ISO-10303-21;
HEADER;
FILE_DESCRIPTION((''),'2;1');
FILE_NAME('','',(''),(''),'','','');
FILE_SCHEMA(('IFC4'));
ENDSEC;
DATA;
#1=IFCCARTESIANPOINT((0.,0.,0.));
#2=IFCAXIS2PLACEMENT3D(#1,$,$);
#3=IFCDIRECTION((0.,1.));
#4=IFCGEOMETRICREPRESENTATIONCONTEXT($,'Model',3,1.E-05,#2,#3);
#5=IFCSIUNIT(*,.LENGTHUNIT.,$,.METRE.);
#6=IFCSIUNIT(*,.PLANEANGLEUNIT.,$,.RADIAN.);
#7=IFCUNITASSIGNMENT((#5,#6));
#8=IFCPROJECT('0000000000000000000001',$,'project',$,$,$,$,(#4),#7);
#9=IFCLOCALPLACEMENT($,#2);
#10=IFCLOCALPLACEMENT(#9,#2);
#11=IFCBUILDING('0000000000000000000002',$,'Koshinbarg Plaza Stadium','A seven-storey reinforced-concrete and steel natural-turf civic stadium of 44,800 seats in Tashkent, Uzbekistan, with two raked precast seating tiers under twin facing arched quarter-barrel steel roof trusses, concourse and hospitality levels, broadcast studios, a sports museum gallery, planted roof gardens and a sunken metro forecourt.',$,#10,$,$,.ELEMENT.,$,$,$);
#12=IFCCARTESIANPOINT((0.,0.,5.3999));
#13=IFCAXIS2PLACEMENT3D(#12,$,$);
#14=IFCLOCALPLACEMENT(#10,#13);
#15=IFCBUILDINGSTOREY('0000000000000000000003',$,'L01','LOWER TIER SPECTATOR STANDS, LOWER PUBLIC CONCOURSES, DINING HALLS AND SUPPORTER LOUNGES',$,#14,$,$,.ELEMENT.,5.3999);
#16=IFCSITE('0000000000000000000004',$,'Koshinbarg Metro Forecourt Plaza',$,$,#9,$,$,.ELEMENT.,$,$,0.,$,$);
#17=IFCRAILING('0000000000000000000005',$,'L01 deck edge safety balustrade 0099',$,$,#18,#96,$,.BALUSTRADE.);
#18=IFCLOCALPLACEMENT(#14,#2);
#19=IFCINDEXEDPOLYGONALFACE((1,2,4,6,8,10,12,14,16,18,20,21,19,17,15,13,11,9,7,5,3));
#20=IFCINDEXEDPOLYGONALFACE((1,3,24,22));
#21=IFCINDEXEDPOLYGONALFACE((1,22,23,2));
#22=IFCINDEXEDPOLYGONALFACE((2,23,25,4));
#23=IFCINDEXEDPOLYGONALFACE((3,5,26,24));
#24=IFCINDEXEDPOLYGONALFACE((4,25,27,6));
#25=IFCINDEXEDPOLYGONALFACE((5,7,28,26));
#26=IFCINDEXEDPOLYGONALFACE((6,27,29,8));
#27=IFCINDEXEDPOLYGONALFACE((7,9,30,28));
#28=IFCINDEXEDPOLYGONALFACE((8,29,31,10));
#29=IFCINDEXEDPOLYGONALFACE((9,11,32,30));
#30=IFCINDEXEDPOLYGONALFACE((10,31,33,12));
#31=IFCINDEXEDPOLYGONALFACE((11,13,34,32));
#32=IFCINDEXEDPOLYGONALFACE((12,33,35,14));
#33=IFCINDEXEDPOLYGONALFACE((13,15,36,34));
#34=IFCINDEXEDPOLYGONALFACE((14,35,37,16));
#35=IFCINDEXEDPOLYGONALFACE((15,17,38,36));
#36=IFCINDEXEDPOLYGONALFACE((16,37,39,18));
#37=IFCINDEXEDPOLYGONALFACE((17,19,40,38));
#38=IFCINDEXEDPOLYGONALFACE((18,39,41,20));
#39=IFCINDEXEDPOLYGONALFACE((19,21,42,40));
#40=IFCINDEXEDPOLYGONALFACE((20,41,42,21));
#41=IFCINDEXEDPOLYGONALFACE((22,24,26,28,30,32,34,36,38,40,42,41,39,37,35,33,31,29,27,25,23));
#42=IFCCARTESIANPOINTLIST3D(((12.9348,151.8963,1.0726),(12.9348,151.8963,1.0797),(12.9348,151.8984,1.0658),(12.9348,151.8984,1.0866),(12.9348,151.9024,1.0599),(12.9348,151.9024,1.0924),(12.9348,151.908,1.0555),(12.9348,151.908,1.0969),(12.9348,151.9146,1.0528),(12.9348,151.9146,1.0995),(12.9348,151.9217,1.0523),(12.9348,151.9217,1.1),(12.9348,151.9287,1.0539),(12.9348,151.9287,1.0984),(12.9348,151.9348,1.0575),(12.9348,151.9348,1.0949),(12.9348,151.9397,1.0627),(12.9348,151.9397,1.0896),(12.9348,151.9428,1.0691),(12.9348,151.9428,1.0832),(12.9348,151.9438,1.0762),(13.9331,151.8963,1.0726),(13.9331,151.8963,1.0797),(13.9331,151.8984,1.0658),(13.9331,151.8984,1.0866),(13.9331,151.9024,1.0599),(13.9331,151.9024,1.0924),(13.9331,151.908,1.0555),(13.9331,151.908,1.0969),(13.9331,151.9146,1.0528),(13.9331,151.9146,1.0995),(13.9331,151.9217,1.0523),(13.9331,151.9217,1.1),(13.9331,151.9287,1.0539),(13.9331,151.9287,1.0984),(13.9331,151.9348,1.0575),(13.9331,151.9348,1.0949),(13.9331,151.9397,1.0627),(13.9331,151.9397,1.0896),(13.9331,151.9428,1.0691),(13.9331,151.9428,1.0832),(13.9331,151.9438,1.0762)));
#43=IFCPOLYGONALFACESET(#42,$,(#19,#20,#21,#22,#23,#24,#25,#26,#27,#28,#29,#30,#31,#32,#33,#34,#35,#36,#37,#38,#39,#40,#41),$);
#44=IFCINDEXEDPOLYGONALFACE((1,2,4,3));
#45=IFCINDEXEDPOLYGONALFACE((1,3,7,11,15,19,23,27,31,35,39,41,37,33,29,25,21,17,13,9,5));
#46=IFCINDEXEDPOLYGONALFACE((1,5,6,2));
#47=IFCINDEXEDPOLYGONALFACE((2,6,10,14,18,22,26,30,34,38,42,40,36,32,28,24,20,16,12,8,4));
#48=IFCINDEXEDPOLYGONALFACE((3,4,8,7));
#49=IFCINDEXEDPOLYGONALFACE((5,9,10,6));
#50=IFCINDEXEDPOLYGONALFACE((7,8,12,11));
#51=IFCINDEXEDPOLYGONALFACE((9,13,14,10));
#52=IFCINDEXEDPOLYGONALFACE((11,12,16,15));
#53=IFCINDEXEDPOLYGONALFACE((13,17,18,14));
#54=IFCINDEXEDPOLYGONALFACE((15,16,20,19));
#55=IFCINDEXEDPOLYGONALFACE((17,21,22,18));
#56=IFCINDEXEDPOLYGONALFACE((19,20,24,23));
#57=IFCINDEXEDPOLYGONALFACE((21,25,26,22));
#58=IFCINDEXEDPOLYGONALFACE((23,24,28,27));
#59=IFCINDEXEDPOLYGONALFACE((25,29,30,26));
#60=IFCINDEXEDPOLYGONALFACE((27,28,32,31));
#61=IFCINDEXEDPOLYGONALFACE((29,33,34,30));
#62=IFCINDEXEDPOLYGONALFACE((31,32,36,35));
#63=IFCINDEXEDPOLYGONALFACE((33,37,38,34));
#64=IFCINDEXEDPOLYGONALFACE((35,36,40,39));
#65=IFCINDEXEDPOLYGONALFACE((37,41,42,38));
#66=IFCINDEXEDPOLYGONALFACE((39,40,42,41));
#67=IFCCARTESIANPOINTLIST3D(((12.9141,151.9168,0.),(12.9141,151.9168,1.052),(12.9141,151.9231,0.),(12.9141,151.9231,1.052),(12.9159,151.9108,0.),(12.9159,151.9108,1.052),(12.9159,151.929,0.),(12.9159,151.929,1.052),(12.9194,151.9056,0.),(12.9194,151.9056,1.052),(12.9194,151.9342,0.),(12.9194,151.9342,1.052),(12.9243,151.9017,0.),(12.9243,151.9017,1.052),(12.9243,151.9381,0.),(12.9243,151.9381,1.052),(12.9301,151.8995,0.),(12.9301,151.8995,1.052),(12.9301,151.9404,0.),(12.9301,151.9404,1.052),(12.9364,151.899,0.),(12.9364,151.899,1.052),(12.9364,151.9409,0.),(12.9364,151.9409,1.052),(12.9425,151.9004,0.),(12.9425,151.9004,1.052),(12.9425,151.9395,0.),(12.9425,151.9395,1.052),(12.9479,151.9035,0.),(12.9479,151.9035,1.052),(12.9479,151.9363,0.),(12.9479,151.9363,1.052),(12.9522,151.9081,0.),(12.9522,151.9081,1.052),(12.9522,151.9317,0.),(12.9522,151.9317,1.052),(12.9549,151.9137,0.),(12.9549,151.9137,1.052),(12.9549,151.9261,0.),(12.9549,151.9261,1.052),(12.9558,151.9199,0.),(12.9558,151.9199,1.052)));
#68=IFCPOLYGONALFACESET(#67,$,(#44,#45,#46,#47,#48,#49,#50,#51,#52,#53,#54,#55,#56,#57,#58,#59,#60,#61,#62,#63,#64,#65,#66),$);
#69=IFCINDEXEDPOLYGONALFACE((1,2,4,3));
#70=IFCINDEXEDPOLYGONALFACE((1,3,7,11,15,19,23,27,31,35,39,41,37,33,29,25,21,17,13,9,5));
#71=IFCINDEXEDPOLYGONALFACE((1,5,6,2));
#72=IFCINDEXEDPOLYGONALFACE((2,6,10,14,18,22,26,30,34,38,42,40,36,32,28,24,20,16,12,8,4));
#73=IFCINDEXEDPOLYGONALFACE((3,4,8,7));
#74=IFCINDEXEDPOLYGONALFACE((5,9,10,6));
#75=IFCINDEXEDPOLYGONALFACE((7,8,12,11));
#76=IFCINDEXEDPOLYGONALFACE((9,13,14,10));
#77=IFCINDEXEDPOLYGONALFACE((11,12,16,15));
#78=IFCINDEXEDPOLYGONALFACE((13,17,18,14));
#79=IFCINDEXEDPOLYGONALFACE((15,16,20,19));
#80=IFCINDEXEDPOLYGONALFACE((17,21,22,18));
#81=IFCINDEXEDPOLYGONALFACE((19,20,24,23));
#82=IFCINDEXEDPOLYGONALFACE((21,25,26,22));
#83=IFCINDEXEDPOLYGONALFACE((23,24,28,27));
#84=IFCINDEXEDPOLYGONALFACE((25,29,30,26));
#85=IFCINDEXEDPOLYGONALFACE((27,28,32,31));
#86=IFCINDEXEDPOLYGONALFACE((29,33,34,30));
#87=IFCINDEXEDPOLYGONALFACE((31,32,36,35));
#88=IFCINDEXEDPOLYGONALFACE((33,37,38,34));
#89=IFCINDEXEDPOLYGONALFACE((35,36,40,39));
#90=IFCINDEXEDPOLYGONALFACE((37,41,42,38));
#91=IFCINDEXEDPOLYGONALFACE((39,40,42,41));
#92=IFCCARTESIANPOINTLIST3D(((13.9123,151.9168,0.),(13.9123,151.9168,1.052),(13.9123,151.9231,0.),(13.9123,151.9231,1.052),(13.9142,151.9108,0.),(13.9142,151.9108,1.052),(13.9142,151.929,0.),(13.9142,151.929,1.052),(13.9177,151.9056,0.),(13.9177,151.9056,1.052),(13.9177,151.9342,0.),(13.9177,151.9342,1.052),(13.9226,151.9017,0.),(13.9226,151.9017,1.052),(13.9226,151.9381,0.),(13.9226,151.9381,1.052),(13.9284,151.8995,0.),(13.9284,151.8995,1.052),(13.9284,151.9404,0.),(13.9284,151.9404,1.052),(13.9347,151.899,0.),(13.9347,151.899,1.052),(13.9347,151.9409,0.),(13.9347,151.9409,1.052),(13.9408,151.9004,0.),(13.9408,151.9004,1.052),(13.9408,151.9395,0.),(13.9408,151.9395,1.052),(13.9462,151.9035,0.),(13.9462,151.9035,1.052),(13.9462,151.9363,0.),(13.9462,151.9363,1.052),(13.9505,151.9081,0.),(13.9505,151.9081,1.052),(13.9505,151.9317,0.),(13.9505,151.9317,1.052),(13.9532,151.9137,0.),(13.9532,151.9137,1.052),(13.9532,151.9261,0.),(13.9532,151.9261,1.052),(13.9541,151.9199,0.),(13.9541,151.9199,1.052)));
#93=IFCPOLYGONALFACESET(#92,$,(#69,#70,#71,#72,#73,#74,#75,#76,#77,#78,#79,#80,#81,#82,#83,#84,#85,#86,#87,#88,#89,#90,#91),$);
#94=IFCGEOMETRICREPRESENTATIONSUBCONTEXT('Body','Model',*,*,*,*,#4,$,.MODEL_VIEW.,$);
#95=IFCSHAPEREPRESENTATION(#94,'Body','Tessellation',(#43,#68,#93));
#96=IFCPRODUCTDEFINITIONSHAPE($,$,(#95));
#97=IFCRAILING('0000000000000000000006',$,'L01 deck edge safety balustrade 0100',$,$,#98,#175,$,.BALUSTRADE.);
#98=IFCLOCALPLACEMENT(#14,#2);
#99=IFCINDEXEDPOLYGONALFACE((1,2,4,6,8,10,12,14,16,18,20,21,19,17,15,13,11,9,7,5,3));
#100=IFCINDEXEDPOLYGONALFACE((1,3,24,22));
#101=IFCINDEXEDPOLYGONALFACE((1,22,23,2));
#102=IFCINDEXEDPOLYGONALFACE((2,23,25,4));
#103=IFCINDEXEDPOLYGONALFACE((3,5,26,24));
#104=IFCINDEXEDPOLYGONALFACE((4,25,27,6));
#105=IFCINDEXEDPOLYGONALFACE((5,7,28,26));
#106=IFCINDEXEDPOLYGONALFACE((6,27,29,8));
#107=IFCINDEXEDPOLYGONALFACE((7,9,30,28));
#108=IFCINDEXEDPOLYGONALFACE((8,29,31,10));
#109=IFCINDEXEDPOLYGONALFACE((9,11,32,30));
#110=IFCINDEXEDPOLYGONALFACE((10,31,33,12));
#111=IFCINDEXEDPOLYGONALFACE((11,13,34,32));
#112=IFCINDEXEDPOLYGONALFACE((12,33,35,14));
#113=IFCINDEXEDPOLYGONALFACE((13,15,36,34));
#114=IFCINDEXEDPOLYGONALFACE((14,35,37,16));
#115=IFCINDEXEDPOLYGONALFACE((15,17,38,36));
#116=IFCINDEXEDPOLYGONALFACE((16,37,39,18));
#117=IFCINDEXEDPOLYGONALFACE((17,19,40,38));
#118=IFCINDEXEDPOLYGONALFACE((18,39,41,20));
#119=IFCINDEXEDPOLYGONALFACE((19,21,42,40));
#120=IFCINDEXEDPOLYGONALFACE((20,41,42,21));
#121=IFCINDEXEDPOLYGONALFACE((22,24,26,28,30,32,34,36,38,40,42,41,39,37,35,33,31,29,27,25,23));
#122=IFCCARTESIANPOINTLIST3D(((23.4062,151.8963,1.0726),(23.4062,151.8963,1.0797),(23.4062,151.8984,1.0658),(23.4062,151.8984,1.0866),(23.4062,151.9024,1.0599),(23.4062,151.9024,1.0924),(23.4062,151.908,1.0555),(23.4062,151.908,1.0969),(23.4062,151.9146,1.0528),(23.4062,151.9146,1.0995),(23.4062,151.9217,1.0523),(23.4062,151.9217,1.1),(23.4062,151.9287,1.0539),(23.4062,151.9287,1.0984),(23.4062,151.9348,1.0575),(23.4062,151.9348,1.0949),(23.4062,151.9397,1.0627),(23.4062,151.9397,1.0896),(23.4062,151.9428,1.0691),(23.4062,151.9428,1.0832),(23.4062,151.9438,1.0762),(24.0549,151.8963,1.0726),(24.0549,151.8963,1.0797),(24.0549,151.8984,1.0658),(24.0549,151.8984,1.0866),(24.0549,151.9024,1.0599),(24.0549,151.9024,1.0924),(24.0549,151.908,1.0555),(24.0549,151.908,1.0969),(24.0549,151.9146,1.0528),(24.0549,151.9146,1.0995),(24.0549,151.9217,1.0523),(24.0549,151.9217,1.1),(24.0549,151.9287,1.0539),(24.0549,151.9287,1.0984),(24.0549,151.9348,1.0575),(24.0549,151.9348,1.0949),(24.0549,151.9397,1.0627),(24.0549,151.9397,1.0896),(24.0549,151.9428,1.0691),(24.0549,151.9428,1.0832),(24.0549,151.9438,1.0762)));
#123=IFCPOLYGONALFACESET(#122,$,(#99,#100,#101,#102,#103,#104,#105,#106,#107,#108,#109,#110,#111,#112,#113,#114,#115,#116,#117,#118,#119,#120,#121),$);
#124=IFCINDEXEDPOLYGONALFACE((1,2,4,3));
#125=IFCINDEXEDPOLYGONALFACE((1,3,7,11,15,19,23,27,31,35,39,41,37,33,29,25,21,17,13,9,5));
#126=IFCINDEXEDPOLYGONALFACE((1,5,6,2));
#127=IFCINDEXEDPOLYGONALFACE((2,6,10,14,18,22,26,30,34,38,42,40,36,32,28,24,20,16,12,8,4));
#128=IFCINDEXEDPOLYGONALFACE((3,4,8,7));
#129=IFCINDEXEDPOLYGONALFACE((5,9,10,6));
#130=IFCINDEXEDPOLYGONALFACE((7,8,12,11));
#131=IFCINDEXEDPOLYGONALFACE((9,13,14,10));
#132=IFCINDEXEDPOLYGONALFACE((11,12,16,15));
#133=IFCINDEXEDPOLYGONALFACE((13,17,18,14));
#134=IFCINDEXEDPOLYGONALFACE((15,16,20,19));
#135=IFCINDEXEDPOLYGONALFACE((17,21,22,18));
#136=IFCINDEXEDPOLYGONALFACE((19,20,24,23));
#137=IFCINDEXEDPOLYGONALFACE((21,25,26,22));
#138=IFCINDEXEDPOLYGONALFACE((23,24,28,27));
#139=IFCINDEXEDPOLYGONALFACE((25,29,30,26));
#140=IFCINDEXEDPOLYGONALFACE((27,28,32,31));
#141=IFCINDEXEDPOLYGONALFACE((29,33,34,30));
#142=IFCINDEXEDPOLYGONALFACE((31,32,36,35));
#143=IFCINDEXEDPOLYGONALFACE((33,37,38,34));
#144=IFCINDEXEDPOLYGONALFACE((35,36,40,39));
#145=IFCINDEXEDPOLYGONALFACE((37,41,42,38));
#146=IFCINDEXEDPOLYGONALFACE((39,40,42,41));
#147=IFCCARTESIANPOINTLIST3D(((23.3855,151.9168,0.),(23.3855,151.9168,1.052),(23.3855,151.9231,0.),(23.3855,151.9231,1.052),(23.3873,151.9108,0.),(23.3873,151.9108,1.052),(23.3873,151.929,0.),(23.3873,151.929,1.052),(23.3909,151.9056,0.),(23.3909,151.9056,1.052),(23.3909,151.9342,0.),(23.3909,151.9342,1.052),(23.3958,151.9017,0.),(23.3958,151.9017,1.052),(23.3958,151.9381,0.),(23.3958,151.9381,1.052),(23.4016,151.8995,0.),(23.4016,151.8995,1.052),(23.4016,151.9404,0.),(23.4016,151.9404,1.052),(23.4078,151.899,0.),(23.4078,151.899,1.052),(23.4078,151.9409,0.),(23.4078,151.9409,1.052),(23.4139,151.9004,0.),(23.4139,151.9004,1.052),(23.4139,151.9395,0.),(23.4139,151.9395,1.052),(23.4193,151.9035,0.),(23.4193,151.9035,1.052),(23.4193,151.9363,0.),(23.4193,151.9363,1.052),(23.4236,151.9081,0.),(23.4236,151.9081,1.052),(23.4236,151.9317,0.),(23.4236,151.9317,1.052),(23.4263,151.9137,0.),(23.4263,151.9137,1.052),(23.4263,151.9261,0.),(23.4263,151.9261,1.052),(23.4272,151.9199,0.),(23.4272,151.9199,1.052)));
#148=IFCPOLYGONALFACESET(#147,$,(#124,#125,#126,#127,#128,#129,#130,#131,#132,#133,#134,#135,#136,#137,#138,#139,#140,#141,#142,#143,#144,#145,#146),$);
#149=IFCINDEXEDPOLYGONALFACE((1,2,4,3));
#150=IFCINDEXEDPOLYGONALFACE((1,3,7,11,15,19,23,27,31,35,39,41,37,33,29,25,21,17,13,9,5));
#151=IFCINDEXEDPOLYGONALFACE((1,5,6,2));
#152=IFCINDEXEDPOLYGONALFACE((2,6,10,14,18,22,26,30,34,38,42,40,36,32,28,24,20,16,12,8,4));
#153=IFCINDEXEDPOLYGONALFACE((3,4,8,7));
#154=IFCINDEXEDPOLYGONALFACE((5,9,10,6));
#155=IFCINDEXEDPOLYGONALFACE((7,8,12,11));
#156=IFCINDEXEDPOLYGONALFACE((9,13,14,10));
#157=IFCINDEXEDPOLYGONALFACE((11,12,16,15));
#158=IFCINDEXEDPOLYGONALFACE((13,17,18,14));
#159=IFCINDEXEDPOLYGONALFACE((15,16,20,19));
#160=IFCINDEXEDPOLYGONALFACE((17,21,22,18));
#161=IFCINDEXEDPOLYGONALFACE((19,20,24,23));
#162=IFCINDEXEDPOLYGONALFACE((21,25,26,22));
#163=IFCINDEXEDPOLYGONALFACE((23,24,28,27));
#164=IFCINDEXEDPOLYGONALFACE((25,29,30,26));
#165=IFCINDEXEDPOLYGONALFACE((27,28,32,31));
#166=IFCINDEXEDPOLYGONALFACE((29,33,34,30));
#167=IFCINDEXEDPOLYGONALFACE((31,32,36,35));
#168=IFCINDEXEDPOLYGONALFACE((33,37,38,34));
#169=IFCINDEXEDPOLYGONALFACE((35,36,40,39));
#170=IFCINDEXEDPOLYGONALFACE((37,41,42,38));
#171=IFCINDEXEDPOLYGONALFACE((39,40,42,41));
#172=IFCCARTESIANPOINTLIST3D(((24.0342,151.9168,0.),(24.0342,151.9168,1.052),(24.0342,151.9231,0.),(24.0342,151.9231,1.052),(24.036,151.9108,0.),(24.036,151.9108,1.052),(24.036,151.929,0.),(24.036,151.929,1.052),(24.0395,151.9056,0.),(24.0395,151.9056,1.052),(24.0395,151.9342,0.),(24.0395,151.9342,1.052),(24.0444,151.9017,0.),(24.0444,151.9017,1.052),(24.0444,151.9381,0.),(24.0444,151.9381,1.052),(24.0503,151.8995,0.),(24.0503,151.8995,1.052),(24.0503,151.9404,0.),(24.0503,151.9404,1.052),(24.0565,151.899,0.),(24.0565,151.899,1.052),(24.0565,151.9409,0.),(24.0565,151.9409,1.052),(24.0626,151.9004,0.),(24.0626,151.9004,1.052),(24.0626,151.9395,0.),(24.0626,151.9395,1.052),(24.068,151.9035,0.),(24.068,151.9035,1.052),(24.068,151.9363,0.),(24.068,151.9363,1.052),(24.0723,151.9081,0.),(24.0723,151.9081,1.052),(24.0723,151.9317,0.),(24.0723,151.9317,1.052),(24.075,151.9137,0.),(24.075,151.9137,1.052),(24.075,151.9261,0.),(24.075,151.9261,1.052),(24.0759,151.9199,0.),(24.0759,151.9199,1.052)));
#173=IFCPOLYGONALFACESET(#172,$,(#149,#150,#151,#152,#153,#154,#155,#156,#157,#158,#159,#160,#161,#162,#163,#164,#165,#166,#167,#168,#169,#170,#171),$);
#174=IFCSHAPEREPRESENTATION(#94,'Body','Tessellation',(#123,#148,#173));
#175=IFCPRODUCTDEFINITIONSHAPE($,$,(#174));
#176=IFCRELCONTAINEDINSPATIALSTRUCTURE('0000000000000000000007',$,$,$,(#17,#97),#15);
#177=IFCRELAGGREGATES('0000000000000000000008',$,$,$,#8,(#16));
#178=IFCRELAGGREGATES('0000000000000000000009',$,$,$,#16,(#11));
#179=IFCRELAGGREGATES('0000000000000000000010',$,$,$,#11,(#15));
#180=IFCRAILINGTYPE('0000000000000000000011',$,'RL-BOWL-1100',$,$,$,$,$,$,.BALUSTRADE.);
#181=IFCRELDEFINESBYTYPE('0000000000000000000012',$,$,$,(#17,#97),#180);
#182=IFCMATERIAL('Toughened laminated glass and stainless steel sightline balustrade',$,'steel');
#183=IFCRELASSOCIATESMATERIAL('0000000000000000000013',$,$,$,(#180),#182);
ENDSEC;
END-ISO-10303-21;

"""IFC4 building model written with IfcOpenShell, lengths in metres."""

from ifc_helpers import new_model, si_unit, direction, frame, origin, origin_2d, place, context, subcontext, project, spatial, circle, extrude, material, type_object, element, save


model = new_model("IFC4")

# Units and contexts
model_context = context("Model", 3, precision=1e-05, world=origin(), true_north=direction((0.0, 1.0)))
body_context = subcontext(model_context, "Body", "Model", "MODEL_VIEW")
ifc_project = project(units=[si_unit("LENGTHUNIT", "METRE"), si_unit("PLANEANGLEUNIT", "RADIAN")], contexts=[model_context])

# Site, building, storey
site_placement = place(None, origin())
site = spatial("IfcSite", under=ifc_project, at=site_placement, Name="Koshinbarg Metro Forecourt Plaza", CompositionType="ELEMENT", RefElevation=0.0)
building_placement = place(site_placement, origin())
building = spatial("IfcBuilding", under=site, at=building_placement, Name="Koshinbarg Plaza Stadium", Description="A seven-storey reinforced-concrete and steel natural-turf civic stadium of 44,800 seats in Tashkent, Uzbekistan, with two raked precast seating tiers under twin facing arched quarter-barrel steel roof trusses, concourse and hospitality levels, broadcast studios, a sports museum gallery, planted roof gardens and a sunken metro forecourt.", CompositionType="ELEMENT")
storey_placement = place(building_placement, frame((0.0, 0.0, 5.3999)))
storey = spatial("IfcBuildingStorey", under=building, at=storey_placement, Name="L01", Description="LOWER TIER SPECTATOR STANDS, LOWER PUBLIC CONCOURSES, DINING HALLS AND SUPPORTER LOUNGES", CompositionType="ELEMENT", Elevation=5.3999)

# Railings
ifc_material_1 = material(Name="Toughened laminated glass and stainless steel sightline balustrade", Category="steel")
railing_type = type_object("IfcRailingType", Name="RL-BOWL-1100", PredefinedType="BALUSTRADE", material=ifc_material_1)
railing_1_placement = place(storey_placement, frame((12.9348, 151.9199, 0.0)))
element("IfcRailing", 1, at=railing_1_placement, inside=storey, type_object=railing_type, Name="L01 deck edge safety balustrade 0099", PredefinedType="BALUSTRADE", context=body_context, shape_type="SweptSolid", body=[
    extrude(circle(Radius=0.0239, at=origin_2d()), frame((0.0, 0.0, 1.0762), z_axis=(1.0, 0.0, 0.0), x_axis=(0.0, 1.0, 0.0)), (0.0, 0.0, 1.0), 0.9983),
    extrude(circle(Radius=0.021, at=origin_2d()), origin(), (0.0, 0.0, 1.0), 1.052),
    extrude(circle(Radius=0.021, at=origin_2d()), frame((0.9983, 0.0, 0.0)), (0.0, 0.0, 1.0), 1.052),
])
railing_2_placement = place(storey_placement, frame((23.4062, 151.9199, 0.0)))
element("IfcRailing", 2, at=railing_2_placement, inside=storey, type_object=railing_type, Name="L01 deck edge safety balustrade 0100", PredefinedType="BALUSTRADE", context=body_context, shape_type="SweptSolid", body=[
    extrude(circle(Radius=0.0239, at=origin_2d()), frame((0.0, 0.0, 1.0762), z_axis=(1.0, 0.0, 0.0), x_axis=(0.0, 1.0, 0.0)), (0.0, 0.0, 1.0), 0.6487),
    extrude(circle(Radius=0.021, at=origin_2d()), origin(), (0.0, 0.0, 1.0), 1.052),
    extrude(circle(Radius=0.021, at=origin_2d()), frame((0.6487, 0.0, 0.0)), (0.0, 0.0, 1.0), 1.052),
])

save(model, "model.ifc")
